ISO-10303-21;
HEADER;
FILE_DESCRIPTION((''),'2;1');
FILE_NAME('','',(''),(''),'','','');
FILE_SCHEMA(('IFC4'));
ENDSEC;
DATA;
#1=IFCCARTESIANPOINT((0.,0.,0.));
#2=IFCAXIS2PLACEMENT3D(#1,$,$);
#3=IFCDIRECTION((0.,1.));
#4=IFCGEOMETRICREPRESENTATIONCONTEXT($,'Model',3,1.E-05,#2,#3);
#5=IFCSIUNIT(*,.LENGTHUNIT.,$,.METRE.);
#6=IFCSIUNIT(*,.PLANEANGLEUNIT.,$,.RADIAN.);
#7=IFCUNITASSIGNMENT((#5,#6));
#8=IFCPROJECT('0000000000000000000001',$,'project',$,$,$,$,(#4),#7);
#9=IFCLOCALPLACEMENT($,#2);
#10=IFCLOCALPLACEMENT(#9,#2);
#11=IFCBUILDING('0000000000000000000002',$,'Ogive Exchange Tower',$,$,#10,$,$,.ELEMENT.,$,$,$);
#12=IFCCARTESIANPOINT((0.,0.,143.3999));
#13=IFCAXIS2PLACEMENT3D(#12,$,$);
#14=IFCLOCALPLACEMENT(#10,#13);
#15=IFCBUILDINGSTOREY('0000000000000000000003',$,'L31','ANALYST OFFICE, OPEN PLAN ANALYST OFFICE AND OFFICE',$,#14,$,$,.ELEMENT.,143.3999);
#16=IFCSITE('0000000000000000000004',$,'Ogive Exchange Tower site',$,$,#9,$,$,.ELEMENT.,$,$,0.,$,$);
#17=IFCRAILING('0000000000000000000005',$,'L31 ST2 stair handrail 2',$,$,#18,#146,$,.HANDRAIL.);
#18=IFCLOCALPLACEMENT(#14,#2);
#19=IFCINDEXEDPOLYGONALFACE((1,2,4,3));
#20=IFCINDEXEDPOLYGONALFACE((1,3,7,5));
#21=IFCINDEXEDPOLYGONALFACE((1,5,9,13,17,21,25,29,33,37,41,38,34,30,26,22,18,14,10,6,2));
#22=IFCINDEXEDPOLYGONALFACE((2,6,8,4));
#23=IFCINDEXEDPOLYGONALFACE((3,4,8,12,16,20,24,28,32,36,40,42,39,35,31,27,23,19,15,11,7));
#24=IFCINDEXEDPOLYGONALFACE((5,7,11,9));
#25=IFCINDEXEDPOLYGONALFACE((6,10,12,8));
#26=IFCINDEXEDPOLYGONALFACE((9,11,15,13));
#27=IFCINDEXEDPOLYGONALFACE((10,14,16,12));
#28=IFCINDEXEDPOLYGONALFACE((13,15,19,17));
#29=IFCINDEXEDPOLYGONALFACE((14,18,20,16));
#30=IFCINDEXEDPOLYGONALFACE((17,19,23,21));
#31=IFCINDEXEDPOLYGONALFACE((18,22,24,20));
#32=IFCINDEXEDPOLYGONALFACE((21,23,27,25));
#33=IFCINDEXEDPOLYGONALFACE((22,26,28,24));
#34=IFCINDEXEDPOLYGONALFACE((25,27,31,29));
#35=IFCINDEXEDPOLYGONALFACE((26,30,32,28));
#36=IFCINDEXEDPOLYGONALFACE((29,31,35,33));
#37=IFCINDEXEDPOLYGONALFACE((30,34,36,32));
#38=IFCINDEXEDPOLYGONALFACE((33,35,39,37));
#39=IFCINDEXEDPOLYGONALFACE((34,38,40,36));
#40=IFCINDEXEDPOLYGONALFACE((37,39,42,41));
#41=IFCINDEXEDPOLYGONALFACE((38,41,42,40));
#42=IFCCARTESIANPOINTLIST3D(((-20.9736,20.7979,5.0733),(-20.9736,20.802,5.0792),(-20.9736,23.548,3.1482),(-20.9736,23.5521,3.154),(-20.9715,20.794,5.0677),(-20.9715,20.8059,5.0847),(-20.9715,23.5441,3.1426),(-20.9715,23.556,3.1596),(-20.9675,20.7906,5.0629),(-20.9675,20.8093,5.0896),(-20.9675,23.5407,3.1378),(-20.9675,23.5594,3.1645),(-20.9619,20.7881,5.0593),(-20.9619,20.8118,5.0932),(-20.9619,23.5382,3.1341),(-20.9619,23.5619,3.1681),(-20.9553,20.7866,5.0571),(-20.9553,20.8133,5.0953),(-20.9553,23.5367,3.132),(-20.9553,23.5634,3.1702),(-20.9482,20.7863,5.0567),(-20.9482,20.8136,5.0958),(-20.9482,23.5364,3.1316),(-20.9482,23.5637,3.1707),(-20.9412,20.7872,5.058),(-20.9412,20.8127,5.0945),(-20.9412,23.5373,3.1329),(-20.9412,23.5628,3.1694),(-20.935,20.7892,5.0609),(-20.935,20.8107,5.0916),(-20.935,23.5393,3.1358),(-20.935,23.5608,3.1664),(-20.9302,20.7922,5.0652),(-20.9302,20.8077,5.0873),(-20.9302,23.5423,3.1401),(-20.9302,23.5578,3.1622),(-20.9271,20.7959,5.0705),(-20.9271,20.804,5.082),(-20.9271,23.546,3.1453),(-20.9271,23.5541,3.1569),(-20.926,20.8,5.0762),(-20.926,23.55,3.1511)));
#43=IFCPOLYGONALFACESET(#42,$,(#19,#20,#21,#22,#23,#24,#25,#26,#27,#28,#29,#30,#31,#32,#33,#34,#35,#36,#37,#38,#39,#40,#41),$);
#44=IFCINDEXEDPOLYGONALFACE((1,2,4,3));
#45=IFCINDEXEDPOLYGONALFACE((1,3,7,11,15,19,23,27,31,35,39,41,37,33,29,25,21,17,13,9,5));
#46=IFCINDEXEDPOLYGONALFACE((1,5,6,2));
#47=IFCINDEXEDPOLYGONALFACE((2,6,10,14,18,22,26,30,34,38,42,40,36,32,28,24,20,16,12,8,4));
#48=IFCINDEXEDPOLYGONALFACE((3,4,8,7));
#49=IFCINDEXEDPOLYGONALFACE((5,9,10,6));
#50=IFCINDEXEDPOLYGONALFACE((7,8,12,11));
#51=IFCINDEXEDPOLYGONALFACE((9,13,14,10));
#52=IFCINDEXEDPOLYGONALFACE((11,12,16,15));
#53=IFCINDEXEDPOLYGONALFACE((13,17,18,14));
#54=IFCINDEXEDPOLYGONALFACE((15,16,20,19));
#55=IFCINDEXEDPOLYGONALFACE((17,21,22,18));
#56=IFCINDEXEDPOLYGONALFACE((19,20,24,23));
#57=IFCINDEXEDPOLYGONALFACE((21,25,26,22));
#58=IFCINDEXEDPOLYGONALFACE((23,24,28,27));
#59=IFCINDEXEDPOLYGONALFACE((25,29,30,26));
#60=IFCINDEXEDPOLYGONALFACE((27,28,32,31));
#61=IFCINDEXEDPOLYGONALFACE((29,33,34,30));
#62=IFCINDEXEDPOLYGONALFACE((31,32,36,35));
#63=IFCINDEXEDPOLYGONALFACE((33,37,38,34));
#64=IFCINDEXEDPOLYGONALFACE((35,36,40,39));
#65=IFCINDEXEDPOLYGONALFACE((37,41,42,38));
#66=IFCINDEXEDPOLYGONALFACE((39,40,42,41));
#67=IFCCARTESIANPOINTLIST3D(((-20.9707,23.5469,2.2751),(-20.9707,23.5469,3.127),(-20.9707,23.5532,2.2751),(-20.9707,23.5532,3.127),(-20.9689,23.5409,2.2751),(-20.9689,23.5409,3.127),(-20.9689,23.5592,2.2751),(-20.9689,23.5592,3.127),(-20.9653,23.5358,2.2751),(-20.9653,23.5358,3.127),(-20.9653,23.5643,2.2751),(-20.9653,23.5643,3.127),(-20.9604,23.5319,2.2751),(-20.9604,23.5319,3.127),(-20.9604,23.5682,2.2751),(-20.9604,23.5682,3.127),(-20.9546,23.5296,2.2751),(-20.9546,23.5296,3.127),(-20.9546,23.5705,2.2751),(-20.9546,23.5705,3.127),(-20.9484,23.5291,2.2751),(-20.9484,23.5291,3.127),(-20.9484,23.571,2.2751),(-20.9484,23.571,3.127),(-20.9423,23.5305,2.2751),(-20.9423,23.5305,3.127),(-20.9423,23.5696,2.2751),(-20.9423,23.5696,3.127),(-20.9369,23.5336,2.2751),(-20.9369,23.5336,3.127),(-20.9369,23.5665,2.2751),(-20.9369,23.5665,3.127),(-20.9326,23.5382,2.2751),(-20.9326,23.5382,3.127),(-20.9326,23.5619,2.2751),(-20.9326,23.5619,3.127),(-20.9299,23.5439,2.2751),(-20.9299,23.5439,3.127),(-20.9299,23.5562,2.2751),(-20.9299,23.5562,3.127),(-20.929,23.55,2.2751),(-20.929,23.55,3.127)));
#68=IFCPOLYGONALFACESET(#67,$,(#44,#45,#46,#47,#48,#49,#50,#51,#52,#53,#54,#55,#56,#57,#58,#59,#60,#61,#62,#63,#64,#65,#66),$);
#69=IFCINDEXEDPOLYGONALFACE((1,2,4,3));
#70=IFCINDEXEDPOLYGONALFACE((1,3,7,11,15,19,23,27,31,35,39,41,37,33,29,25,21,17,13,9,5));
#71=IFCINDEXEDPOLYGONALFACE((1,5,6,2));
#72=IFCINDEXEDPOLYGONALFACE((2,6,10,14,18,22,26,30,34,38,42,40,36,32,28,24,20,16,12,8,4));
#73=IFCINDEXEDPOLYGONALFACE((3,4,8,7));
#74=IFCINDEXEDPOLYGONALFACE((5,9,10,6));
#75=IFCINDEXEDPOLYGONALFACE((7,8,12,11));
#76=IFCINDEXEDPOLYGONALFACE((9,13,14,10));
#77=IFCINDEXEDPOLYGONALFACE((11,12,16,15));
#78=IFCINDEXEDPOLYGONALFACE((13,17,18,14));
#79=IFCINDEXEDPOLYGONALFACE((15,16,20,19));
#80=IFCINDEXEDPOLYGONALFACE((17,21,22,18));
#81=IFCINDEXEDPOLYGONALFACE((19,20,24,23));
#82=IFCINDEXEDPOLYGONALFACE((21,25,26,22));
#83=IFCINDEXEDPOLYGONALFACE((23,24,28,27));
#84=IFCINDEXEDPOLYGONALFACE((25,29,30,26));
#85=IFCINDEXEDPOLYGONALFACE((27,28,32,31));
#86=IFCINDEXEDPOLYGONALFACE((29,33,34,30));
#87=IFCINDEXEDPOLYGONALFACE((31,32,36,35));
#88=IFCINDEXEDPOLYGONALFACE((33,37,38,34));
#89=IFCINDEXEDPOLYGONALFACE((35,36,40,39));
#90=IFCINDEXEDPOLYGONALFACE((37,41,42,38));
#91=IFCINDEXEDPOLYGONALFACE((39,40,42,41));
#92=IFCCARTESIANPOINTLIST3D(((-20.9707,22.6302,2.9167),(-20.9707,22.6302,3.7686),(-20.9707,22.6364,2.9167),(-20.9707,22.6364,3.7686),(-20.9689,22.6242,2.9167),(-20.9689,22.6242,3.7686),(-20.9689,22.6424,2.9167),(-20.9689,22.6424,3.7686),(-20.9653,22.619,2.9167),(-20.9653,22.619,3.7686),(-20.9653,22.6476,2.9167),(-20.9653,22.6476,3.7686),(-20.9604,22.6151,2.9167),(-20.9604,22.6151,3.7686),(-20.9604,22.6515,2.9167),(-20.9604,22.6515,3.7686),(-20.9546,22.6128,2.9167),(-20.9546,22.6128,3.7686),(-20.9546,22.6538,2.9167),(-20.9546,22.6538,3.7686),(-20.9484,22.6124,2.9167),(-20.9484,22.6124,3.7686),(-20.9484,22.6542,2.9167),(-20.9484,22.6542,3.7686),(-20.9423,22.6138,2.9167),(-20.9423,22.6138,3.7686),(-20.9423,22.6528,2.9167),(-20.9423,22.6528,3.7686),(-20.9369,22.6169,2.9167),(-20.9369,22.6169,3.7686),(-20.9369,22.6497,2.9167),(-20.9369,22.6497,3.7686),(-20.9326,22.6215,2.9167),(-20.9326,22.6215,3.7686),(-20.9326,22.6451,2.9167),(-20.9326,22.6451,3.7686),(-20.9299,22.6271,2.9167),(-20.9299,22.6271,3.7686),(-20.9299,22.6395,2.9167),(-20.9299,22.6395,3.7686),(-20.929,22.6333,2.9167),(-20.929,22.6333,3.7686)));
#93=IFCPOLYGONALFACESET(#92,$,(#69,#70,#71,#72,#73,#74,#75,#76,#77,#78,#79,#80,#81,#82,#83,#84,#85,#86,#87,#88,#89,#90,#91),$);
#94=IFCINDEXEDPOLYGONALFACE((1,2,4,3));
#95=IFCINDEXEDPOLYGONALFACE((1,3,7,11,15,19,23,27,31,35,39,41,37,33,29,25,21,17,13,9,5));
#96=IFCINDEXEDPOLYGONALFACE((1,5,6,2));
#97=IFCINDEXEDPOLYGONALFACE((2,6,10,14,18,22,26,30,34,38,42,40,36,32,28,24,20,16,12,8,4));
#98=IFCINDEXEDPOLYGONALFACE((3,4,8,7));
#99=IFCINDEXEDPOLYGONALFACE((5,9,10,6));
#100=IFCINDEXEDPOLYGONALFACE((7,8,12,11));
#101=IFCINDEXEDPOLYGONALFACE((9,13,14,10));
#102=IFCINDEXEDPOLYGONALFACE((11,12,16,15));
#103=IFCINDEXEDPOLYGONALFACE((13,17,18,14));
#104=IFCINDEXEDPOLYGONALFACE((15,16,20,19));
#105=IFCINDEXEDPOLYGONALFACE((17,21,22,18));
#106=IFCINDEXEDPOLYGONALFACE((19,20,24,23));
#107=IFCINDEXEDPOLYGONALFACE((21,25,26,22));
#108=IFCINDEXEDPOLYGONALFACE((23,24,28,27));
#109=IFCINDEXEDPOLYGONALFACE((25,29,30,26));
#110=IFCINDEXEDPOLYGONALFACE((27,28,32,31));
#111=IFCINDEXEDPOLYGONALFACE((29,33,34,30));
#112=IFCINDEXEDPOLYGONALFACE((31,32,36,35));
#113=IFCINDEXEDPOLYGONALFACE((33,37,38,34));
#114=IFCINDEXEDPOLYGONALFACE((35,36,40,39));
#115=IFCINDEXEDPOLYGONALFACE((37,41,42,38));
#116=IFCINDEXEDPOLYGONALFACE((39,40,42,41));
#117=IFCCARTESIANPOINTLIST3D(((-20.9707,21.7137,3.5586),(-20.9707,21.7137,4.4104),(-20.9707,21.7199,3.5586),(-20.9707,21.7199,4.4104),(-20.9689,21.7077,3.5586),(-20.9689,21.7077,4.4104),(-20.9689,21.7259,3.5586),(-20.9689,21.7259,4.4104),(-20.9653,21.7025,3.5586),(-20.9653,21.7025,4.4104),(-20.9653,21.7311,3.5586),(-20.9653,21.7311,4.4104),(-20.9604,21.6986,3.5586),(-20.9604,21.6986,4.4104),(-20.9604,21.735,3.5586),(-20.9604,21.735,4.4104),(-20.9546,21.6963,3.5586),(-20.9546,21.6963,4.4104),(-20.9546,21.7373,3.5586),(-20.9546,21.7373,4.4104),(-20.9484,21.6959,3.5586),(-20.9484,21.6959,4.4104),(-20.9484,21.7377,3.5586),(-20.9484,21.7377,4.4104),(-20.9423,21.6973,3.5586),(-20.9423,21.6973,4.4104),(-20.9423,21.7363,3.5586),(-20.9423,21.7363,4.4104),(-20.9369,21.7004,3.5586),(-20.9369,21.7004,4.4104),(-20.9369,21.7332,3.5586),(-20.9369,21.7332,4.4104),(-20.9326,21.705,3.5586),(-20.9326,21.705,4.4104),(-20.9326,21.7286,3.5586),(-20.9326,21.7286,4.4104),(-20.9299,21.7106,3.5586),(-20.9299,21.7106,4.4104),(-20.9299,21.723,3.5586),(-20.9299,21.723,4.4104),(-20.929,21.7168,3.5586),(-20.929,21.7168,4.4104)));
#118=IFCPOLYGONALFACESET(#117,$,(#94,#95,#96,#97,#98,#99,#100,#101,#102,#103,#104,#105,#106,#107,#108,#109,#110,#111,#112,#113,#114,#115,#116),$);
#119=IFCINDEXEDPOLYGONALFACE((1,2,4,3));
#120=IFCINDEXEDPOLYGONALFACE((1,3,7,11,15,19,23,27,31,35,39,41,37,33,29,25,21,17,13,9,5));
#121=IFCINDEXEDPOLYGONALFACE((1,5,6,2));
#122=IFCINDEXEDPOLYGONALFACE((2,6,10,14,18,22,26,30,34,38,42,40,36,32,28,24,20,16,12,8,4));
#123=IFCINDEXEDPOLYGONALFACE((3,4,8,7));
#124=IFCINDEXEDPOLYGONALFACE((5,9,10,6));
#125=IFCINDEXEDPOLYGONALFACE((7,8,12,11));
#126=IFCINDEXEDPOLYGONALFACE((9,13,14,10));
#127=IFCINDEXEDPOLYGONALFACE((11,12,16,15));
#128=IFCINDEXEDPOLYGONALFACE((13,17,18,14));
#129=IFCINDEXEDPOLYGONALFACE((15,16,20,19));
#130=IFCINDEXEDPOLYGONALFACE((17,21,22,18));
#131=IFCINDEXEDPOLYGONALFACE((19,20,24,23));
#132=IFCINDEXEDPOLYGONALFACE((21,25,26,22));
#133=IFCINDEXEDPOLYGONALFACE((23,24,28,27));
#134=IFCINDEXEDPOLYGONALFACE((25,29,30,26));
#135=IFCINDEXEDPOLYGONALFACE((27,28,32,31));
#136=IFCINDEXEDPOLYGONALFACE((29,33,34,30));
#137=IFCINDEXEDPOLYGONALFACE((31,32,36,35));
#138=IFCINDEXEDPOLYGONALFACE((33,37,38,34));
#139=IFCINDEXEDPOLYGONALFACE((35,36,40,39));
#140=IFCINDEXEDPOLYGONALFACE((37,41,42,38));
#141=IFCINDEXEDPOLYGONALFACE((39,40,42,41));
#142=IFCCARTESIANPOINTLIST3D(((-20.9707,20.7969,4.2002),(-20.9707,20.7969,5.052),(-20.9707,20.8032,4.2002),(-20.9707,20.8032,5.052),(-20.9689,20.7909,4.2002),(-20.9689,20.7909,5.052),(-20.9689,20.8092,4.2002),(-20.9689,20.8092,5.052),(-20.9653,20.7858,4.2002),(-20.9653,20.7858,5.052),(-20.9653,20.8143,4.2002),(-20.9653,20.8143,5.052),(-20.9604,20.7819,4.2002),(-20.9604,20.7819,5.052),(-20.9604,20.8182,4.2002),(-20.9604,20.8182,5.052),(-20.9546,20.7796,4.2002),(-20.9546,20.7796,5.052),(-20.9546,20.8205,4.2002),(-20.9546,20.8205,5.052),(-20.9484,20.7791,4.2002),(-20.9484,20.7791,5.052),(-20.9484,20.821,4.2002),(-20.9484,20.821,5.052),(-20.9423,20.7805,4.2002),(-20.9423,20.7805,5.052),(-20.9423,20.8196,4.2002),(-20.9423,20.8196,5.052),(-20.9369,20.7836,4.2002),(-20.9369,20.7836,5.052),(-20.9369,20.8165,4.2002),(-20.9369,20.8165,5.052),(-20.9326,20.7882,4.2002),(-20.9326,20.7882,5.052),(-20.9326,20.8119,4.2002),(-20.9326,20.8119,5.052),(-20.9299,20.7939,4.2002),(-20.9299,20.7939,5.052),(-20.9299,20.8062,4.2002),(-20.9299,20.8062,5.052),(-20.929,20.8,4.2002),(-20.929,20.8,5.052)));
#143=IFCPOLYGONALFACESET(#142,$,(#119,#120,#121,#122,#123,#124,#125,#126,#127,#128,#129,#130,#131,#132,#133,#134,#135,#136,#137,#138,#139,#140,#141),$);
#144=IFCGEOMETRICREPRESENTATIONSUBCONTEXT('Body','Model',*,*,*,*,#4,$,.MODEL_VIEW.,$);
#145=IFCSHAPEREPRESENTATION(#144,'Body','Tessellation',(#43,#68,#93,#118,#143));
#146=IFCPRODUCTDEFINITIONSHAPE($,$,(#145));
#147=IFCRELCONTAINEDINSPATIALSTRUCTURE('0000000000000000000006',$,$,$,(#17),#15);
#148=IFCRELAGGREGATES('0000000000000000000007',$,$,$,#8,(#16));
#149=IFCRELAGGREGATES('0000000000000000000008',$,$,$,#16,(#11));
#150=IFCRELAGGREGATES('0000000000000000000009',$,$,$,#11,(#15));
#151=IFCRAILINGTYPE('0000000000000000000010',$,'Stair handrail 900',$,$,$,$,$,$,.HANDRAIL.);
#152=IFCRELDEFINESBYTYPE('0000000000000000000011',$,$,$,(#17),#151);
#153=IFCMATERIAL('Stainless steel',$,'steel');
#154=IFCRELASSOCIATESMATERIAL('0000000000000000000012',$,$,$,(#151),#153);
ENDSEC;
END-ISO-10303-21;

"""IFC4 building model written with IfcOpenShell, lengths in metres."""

from ifc_helpers import new_model, si_unit, direction, frame, origin, origin_2d, place, context, subcontext, project, spatial, circle, extrude, material, type_object, element, save


model = new_model("IFC4")

# Units and contexts
model_context = context("Model", 3, precision=1e-05, world=origin(), true_north=direction((0.0, 1.0)))
body_context = subcontext(model_context, "Body", "Model", "MODEL_VIEW")
ifc_project = project(units=[si_unit("LENGTHUNIT", "METRE"), si_unit("PLANEANGLEUNIT", "RADIAN")], contexts=[model_context])

# Site, building, storey
site_placement = place(None, origin())
site = spatial("IfcSite", under=ifc_project, at=site_placement, Name="Ogive Exchange Tower site", CompositionType="ELEMENT", RefElevation=0.0)
building_placement = place(site_placement, origin())
building = spatial("IfcBuilding", under=site, at=building_placement, Name="Ogive Exchange Tower", CompositionType="ELEMENT")
storey_placement = place(building_placement, frame((0.0, 0.0, 143.3999)))
storey = spatial("IfcBuildingStorey", under=building, at=storey_placement, Name="L31", Description="ANALYST OFFICE, OPEN PLAN ANALYST OFFICE AND OFFICE", CompositionType="ELEMENT", Elevation=143.3999)

# Railing
ifc_material_1 = material(Name="Stainless steel", Category="steel")
railing_type = type_object("IfcRailingType", Name="Stair handrail 900", PredefinedType="HANDRAIL", material=ifc_material_1)
railing_placement = place(storey_placement, frame((-20.95, 23.55, 2.2751)))
element("IfcRailing", 1, at=railing_placement, inside=storey, type_object=railing_type, Name="L31 ST2 stair handrail 2", PredefinedType="HANDRAIL", context=body_context, shape_type="SweptSolid", body=[
    extrude(circle(Radius=0.0239, at=origin_2d()), frame((0.0, 0.0, 0.876), z_axis=(0.0, -0.819225, 0.573472), x_axis=(1.0, 0.0, 0.0)), (0.0, 0.0, 1.0), 3.3569),
    extrude(circle(Radius=0.021, at=origin_2d()), origin(), (0.0, 0.0, 1.0), 0.8518),
    extrude(circle(Radius=0.021, at=origin_2d()), frame((0.0, -0.9167, 0.6416)), (0.0, 0.0, 1.0), 0.8518),
    extrude(circle(Radius=0.021, at=origin_2d()), frame((0.0, -1.8333, 1.2834)), (0.0, 0.0, 1.0), 0.8518),
    extrude(circle(Radius=0.021, at=origin_2d()), frame((0.0, -2.75, 1.925)), (0.0, 0.0, 1.0), 0.8518),
])

save(model, "model.ifc")
